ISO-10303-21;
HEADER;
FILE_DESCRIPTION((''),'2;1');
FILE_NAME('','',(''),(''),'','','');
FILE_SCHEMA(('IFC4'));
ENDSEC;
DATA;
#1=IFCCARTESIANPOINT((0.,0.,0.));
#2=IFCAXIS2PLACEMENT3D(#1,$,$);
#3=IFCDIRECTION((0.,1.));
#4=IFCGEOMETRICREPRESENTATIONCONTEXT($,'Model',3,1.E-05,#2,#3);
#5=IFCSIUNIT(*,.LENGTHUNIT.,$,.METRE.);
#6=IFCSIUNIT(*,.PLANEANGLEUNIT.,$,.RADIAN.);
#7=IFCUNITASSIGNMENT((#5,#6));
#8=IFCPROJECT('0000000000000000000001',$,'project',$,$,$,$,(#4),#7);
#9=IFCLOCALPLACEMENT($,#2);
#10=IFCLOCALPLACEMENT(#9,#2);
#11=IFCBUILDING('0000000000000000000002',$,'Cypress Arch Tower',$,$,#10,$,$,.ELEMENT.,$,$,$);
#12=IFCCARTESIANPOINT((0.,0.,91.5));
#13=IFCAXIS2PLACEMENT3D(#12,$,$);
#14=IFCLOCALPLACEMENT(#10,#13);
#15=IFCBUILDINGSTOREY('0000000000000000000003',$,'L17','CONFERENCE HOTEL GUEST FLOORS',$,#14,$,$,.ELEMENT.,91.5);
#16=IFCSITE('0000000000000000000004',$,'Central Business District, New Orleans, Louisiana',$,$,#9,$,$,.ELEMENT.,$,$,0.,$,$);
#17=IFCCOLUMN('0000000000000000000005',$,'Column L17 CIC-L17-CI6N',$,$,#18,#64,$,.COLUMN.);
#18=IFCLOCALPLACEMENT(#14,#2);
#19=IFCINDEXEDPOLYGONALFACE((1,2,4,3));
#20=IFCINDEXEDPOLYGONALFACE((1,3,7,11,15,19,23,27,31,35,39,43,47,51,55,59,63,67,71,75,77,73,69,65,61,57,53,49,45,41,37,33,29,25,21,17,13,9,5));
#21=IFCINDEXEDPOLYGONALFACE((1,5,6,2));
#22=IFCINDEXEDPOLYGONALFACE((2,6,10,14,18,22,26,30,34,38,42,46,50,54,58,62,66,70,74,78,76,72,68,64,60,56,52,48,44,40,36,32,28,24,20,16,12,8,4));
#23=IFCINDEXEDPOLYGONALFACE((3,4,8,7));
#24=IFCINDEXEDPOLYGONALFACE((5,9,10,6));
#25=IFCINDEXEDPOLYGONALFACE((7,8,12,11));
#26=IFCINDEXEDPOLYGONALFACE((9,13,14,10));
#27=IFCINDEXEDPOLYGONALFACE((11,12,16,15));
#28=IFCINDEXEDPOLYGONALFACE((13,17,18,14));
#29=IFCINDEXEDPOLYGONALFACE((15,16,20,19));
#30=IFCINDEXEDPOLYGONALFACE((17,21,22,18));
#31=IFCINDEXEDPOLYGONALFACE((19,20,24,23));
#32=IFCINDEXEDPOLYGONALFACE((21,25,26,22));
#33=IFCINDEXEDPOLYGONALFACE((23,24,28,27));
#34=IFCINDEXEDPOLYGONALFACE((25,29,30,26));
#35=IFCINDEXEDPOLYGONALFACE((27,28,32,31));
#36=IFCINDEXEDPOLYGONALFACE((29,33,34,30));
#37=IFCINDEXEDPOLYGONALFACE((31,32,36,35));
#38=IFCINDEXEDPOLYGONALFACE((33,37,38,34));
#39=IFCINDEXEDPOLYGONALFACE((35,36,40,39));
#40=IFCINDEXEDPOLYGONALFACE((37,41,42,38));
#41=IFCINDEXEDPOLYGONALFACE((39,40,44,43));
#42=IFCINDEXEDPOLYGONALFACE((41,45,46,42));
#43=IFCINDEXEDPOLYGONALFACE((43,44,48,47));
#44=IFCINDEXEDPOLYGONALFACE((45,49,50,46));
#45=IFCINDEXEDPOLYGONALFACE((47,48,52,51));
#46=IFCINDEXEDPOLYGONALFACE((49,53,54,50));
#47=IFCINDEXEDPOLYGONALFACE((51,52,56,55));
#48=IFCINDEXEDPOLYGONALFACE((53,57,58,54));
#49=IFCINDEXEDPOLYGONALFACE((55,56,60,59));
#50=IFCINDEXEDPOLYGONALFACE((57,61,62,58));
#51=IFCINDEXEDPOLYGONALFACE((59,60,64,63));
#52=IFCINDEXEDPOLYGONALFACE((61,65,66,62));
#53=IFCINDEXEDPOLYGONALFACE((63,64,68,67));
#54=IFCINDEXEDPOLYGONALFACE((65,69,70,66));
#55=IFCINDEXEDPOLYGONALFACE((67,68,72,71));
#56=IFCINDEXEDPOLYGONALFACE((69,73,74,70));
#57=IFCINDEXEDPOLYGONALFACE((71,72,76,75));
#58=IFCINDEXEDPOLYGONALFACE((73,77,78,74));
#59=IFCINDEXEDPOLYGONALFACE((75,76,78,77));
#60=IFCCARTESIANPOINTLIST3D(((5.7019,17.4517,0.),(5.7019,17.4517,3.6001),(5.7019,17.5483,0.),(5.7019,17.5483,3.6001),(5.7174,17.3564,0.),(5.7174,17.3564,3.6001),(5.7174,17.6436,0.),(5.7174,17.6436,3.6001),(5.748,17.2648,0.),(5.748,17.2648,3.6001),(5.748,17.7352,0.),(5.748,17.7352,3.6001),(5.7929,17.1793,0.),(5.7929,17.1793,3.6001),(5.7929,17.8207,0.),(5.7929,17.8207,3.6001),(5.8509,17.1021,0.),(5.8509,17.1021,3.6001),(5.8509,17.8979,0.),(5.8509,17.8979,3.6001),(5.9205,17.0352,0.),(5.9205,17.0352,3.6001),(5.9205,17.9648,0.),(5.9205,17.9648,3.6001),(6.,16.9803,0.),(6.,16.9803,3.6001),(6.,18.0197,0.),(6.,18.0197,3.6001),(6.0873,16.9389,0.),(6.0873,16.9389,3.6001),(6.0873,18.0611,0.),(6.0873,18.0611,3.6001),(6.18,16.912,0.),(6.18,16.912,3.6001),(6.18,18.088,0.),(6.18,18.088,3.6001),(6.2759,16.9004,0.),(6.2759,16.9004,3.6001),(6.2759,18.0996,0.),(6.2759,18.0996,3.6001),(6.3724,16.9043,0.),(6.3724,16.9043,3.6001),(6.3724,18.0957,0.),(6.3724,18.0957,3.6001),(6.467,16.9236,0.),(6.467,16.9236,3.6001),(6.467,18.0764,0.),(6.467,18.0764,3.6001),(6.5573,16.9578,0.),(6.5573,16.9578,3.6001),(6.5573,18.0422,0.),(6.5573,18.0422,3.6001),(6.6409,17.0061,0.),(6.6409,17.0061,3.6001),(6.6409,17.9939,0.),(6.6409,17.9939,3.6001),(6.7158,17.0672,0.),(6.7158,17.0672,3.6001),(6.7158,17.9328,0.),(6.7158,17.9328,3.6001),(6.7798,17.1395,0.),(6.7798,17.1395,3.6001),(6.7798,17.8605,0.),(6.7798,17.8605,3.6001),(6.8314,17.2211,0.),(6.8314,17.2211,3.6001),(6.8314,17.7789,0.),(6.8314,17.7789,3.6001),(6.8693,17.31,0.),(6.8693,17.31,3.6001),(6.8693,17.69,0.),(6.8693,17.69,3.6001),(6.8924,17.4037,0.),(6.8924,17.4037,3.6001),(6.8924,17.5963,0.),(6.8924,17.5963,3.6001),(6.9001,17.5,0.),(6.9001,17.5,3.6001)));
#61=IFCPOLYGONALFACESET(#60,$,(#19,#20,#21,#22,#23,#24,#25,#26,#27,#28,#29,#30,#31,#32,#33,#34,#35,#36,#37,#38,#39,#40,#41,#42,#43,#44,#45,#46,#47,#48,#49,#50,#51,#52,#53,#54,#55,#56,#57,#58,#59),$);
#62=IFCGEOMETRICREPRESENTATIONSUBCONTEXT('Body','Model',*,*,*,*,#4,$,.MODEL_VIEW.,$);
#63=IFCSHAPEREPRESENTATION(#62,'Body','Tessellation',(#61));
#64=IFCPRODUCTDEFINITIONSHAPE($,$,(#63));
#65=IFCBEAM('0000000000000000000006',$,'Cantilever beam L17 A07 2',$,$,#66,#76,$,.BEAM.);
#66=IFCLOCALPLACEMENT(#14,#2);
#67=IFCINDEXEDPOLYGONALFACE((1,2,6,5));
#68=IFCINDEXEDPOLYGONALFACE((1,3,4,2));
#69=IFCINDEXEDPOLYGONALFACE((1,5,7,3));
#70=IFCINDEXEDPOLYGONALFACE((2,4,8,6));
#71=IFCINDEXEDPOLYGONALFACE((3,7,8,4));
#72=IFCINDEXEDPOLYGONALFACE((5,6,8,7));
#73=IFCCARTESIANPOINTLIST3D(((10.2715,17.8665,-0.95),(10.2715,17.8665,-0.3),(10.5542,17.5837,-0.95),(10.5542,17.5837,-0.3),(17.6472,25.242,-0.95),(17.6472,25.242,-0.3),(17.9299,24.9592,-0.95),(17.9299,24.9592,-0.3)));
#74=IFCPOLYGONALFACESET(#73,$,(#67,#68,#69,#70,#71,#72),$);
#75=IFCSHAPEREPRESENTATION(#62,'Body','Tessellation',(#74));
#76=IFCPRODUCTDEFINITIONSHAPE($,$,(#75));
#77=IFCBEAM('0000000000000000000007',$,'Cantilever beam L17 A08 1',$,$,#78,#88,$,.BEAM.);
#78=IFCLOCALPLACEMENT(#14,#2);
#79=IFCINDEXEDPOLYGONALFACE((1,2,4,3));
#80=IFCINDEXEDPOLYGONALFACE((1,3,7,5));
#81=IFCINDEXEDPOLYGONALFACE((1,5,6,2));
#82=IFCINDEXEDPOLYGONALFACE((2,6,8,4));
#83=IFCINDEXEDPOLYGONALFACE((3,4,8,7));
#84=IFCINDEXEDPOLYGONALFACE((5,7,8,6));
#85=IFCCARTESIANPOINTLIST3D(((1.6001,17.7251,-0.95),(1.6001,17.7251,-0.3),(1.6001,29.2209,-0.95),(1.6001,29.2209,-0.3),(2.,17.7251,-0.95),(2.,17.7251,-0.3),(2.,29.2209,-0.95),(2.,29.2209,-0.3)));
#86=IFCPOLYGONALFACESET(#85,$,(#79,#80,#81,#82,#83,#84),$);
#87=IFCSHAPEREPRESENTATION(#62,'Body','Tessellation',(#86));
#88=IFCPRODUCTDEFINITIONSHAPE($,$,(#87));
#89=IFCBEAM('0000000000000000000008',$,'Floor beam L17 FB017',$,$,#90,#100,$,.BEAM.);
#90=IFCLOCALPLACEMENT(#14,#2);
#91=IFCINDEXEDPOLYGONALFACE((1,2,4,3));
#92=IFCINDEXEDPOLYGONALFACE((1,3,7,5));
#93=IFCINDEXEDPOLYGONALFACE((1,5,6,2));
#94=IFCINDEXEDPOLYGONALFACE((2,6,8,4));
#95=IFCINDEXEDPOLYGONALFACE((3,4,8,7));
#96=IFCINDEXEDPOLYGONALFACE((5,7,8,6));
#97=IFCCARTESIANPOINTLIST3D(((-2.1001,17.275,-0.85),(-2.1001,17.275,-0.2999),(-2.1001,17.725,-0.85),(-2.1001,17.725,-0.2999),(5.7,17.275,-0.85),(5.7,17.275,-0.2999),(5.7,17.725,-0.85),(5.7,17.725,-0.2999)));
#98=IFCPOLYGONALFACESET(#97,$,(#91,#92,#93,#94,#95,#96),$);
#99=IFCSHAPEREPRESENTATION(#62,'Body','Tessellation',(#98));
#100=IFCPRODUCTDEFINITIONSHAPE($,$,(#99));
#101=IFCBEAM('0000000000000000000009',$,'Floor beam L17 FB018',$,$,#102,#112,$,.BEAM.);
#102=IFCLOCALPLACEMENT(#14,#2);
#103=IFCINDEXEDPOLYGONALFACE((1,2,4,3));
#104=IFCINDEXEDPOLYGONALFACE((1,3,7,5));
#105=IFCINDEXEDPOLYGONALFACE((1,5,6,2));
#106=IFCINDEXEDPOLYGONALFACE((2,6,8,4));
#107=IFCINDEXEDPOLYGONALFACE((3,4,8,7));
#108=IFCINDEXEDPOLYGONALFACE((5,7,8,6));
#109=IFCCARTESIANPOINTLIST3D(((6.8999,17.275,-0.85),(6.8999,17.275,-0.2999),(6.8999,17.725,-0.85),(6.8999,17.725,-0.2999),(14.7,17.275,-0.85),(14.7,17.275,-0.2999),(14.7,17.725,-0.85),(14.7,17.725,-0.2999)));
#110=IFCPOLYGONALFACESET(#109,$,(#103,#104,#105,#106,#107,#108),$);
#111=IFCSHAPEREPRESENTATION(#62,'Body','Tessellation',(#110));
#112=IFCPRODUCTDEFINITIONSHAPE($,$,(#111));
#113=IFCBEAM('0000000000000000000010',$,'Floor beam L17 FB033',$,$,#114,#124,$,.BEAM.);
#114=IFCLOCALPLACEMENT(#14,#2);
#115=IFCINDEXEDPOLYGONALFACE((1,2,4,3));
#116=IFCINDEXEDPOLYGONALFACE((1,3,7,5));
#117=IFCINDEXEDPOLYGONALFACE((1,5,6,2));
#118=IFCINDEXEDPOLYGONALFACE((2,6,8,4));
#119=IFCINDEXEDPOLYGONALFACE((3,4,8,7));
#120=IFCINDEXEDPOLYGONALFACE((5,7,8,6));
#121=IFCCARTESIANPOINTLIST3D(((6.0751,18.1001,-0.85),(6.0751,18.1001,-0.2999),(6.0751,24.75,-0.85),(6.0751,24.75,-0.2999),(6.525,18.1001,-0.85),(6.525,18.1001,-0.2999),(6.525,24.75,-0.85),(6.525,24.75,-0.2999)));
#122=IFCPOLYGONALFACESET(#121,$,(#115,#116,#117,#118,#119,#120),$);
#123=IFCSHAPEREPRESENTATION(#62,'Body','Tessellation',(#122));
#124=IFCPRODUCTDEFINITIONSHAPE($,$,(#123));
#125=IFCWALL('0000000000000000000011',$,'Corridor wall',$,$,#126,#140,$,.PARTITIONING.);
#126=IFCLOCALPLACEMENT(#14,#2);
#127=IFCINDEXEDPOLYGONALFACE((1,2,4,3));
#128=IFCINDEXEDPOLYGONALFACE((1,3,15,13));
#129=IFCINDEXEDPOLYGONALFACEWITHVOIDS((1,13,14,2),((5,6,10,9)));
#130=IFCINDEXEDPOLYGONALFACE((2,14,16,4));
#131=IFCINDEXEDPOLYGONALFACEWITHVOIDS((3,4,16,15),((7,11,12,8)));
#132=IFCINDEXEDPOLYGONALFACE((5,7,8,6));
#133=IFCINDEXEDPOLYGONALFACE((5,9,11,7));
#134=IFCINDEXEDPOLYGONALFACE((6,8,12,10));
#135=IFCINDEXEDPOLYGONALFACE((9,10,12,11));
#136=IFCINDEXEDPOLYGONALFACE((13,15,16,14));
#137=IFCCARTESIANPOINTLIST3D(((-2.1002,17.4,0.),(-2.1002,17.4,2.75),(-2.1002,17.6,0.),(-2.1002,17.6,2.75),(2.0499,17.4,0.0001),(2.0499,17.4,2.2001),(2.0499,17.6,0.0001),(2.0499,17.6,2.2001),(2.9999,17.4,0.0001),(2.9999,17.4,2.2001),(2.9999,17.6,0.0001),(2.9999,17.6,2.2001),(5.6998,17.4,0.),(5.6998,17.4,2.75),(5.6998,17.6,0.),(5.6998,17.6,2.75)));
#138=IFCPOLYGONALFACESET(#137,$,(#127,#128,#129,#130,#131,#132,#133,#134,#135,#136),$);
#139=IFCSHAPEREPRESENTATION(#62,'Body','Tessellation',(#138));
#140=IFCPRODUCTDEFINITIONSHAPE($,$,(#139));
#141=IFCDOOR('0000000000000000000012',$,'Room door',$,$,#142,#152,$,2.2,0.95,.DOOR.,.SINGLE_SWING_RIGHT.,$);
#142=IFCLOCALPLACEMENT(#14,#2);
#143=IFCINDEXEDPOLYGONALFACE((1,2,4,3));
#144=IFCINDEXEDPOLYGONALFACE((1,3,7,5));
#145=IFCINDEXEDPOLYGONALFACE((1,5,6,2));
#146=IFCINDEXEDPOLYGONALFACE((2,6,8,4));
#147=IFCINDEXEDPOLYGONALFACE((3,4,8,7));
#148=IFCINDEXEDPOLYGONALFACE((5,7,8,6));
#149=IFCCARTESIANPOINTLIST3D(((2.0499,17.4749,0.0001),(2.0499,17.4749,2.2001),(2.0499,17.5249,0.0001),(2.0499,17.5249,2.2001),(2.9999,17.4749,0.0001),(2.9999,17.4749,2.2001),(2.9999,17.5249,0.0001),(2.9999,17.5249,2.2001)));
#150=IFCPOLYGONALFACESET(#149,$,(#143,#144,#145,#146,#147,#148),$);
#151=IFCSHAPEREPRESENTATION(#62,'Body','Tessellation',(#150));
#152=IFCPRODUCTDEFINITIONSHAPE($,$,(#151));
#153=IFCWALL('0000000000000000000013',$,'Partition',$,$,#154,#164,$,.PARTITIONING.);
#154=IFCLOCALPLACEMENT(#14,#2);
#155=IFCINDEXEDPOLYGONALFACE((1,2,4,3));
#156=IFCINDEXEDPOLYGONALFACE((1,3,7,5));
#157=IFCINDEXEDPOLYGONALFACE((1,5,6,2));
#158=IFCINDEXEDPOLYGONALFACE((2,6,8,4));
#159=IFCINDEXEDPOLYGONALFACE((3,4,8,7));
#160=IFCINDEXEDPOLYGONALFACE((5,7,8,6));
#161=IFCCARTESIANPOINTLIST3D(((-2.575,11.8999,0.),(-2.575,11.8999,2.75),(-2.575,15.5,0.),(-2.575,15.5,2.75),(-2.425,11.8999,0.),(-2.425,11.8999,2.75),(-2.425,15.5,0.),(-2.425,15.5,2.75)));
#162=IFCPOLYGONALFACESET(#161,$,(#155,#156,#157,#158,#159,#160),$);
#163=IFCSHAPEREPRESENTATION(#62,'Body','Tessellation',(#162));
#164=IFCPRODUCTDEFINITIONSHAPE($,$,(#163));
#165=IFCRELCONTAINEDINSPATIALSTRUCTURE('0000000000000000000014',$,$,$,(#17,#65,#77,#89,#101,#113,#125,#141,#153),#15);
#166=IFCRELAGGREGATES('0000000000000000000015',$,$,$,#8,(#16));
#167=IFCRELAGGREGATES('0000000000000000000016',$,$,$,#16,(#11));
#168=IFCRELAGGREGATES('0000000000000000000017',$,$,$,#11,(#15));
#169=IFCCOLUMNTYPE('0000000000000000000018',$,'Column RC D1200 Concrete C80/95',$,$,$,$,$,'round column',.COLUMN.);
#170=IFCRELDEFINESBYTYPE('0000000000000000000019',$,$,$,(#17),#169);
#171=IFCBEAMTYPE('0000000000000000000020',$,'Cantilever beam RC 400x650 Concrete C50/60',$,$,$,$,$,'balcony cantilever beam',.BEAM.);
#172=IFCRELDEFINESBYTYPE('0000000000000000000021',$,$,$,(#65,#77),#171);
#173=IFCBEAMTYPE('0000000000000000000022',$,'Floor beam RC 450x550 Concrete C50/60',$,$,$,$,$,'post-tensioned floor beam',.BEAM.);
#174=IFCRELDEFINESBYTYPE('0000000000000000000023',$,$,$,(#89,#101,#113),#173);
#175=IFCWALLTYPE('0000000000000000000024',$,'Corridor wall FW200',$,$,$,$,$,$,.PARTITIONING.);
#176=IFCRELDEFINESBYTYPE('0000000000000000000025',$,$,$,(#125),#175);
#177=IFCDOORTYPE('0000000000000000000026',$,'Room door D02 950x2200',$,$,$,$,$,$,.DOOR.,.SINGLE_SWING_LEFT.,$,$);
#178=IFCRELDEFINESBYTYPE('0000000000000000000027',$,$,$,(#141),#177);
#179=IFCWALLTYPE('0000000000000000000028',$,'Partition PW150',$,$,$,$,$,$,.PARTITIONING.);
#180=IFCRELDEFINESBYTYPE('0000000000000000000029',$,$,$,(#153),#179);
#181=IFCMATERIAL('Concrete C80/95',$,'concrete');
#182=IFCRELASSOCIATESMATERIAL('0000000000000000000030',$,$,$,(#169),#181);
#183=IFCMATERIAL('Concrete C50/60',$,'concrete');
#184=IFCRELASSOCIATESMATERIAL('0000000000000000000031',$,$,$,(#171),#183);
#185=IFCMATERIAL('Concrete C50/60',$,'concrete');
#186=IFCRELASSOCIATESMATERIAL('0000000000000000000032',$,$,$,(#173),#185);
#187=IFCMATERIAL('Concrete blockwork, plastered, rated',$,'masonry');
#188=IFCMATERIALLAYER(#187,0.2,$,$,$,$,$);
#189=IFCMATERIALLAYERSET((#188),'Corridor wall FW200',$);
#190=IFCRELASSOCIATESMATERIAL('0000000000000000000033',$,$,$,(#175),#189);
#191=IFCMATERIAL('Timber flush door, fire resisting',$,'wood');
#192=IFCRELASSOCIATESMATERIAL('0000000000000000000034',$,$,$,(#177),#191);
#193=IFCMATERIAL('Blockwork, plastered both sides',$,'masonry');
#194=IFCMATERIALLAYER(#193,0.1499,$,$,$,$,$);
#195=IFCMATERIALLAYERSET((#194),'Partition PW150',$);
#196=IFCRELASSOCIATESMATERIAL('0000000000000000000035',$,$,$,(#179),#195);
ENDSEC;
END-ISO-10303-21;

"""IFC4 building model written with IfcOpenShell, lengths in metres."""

from ifc_helpers import new_model, si_unit, direction, frame, frame_2d, origin, origin_2d, place, context, subcontext, project, spatial, rectangle, circle, extrude, material, layer, layer_set, material_profile, profile_set, type_object, element, fill, save


model = new_model("IFC4")

# Units and contexts
model_context = context("Model", 3, precision=1e-05, world=origin(), true_north=direction((0.0, 1.0)))
body_context = subcontext(model_context, "Body", "Model", "MODEL_VIEW")
ifc_project = project(units=[si_unit("LENGTHUNIT", "METRE"), si_unit("PLANEANGLEUNIT", "RADIAN")], contexts=[model_context])

# Site, building, storey
site_placement = place(None, origin())
site = spatial("IfcSite", under=ifc_project, at=site_placement, Name="Central Business District, New Orleans, Louisiana", CompositionType="ELEMENT", RefElevation=0.0)
building_placement = place(site_placement, origin())
building = spatial("IfcBuilding", under=site, at=building_placement, Name="Cypress Arch Tower", CompositionType="ELEMENT")
storey_placement = place(building_placement, frame((0.0, 0.0, 91.5)))
storey = spatial("IfcBuildingStorey", under=building, at=storey_placement, Name="L17", Description="CONFERENCE HOTEL GUEST FLOORS", CompositionType="ELEMENT", Elevation=91.5)

# Column
ifc_material_1 = material(Name="Concrete C80/95", Category="concrete")
ifc_material_profile_1 = material_profile(ifc_material_1, circle(Radius=0.6001, at=origin_2d()), Name="RC D1200")
ifc_profile_set_1 = profile_set([ifc_material_profile_1], Name="Concrete C80/95")
column_type = type_object("IfcColumnType", Name="Column RC D1200 Concrete C80/95", ElementType="round column", PredefinedType="COLUMN", material=ifc_profile_set_1)
column_placement = place(storey_placement, frame((6.3, 17.5, 0.0), z_axis=(0.0, 0.0, 1.0), x_axis=(1.0, 0.0, 0.0)))
element("IfcColumn", 1, at=column_placement, inside=storey, type_object=column_type, Name="Column L17 CIC-L17-CI6N", PredefinedType="COLUMN", context=body_context, shape_type="SweptSolid", body=[
    extrude(circle(Radius=0.6001, at=origin_2d()), origin(), (0.0, 0.0, 1.0), 3.6001),
])

# Beams
ifc_material_2 = material(Name="Concrete C50/60", Category="concrete")
ifc_material_profile_2 = material_profile(ifc_material_2, rectangle(XDim=0.3999, YDim=0.6499, at=origin_2d()), Name="RC 400x650")
ifc_profile_set_2 = profile_set([ifc_material_profile_2], Name="Concrete C50/60")
beam_type_1 = type_object("IfcBeamType", Name="Cantilever beam RC 400x650 Concrete C50/60", ElementType="balcony cantilever beam", PredefinedType="BEAM", material=ifc_profile_set_2)
beam_1_placement = place(storey_placement, frame((10.4128, 17.7251, -0.625), z_axis=(0.707118, 0.707095, 0.0), x_axis=(-0.707095, 0.707118, 0.0)))
element("IfcBeam", 2, at=beam_1_placement, inside=storey, type_object=beam_type_1, Name="Cantilever beam L17 A07 2", PredefinedType="BEAM", context=body_context, shape_type="SweptSolid", body=[
    extrude(rectangle(XDim=0.3999, YDim=0.6499, at=origin_2d()), origin(), (0.0, 0.0, 1.0), 10.4307),
])
beam_2_placement = place(storey_placement, frame((1.8, 17.7251, -0.625), z_axis=(0.0, 1.0, 0.0), x_axis=(-1.0, 0.0, 0.0)))
element("IfcBeam", 3, at=beam_2_placement, inside=storey, type_object=beam_type_1, Name="Cantilever beam L17 A08 1", PredefinedType="BEAM", context=body_context, shape_type="SweptSolid", body=[
    extrude(rectangle(XDim=0.3999, YDim=0.6499, at=origin_2d()), origin(), (0.0, 0.0, 1.0), 11.4958),
])
ifc_material_3 = material(Name="Concrete C50/60", Category="concrete")
ifc_material_profile_3 = material_profile(ifc_material_3, rectangle(XDim=0.45, YDim=0.55, at=origin_2d()), Name="RC 450x550")
ifc_profile_set_3 = profile_set([ifc_material_profile_3], Name="Concrete C50/60")
beam_type_2 = type_object("IfcBeamType", Name="Floor beam RC 450x550 Concrete C50/60", ElementType="post-tensioned floor beam", PredefinedType="BEAM", material=ifc_profile_set_3)
for number, where, z_axis, x_axis, name in (
    (4, (-2.1001, 17.5, -0.575), (1.0, 0.0, 0.0), (0.0, 1.0, 0.0), "Floor beam L17 FB017"),
    (5, (6.8999, 17.5, -0.575), (1.0, 0.0, 0.0), (0.0, 1.0, 0.0), "Floor beam L17 FB018"),
):
    element("IfcBeam", number, at=place(storey_placement, frame(where, z_axis=z_axis, x_axis=x_axis)), inside=storey, type_object=beam_type_2, Name=name, PredefinedType="BEAM", context=body_context, shape_type="SweptSolid", body=[
        extrude(rectangle(XDim=0.45, YDim=0.55, at=origin_2d()), origin(), (0.0, 0.0, 1.0), 7.8),
    ])
beam_3_placement = place(storey_placement, frame((6.3, 18.1001, -0.575), z_axis=(0.0, 1.0, 0.0), x_axis=(-1.0, 0.0, 0.0)))
element("IfcBeam", 6, at=beam_3_placement, inside=storey, type_object=beam_type_2, Name="Floor beam L17 FB033", PredefinedType="BEAM", context=body_context, shape_type="SweptSolid", body=[
    extrude(rectangle(XDim=0.45, YDim=0.55, at=origin_2d()), origin(), (0.0, 0.0, 1.0), 6.6499),
])

# Wall, opening, door
ifc_material_4 = material(Name="Concrete blockwork, plastered, rated", Category="masonry")
ifc_layer_1 = layer(ifc_material_4, 0.2)
ifc_layer_set_1 = layer_set([ifc_layer_1], Name="Corridor wall FW200")
wall_type_1 = type_object("IfcWallType", Name="Corridor wall FW200", PredefinedType="PARTITIONING", material=ifc_layer_set_1)
wall_1_placement = place(storey_placement, frame((-2.1001, 17.5, 0.0), z_axis=(0.0, 0.0, 1.0), x_axis=(1.0, 0.0, 0.0)))
wall_1 = element("IfcWall", 7, at=wall_1_placement, inside=storey, type_object=wall_type_1, Name="Corridor wall", PredefinedType="PARTITIONING", context=body_context, shape_type="SweptSolid", body=[
    extrude(rectangle(XDim=7.8, YDim=0.2, at=frame_2d((3.8999, 0.0))), origin(), (0.0, 0.0, 1.0), 2.75),
])
opening_1_placement = place(wall_1_placement, frame((4.1499, 0.0, 0.0)))
opening_1 = element("IfcOpeningElement", 8, at=opening_1_placement, cuts=wall_1, PredefinedType="OPENING", context=body_context, shape_type="SweptSolid", body=[
    extrude(rectangle(XDim=0.95, YDim=2.2, at=frame_2d((0.4751, 1.1001))), frame((0.0, 0.1099, 0.0), z_axis=(0.0, -1.0, 0.0), x_axis=(1.0, 0.0, 0.0)), (0.0, 0.0, 1.0), 0.22),
])
ifc_material_5 = material(Name="Timber flush door, fire resisting", Category="wood")
door_type_1 = type_object("IfcDoorType", Name="Room door D02 950x2200", OperationType="SINGLE_SWING_LEFT", PredefinedType="DOOR", material=ifc_material_5)
door_1_placement = place(opening_1_placement, origin())
door_1 = element("IfcDoor", 9, at=door_1_placement, inside=storey, type_object=door_type_1, Name="Room door", OperationType="SINGLE_SWING_RIGHT", OverallHeight=2.2, OverallWidth=0.95, PredefinedType="DOOR", context=body_context, shape_type="SweptSolid", body=[
    extrude(rectangle(XDim=0.95, YDim=2.2, at=frame_2d((0.4751, 1.1001))), frame((0.0, 0.0249, 0.0), z_axis=(0.0, -1.0, 0.0), x_axis=(1.0, 0.0, 0.0)), (0.0, 0.0, 1.0), 0.05),
])
fill(opening_1, door_1)

# Wall
ifc_material_6 = material(Name="Blockwork, plastered both sides", Category="masonry")
ifc_layer_2 = layer(ifc_material_6, 0.1499)
ifc_layer_set_2 = layer_set([ifc_layer_2], Name="Partition PW150")
wall_type_2 = type_object("IfcWallType", Name="Partition PW150", PredefinedType="PARTITIONING", material=ifc_layer_set_2)
wall_2_placement = place(storey_placement, frame((-2.5, 11.8999, 0.0), z_axis=(0.0, 0.0, 1.0), x_axis=(0.0, 1.0, 0.0)))
element("IfcWall", 10, at=wall_2_placement, inside=storey, type_object=wall_type_2, Name="Partition", PredefinedType="PARTITIONING", context=body_context, shape_type="SweptSolid", body=[
    extrude(rectangle(XDim=3.6001, YDim=0.1499, at=frame_2d((1.8, 0.0))), origin(), (0.0, 0.0, 1.0), 2.75),
])

save(model, "model.ifc")
